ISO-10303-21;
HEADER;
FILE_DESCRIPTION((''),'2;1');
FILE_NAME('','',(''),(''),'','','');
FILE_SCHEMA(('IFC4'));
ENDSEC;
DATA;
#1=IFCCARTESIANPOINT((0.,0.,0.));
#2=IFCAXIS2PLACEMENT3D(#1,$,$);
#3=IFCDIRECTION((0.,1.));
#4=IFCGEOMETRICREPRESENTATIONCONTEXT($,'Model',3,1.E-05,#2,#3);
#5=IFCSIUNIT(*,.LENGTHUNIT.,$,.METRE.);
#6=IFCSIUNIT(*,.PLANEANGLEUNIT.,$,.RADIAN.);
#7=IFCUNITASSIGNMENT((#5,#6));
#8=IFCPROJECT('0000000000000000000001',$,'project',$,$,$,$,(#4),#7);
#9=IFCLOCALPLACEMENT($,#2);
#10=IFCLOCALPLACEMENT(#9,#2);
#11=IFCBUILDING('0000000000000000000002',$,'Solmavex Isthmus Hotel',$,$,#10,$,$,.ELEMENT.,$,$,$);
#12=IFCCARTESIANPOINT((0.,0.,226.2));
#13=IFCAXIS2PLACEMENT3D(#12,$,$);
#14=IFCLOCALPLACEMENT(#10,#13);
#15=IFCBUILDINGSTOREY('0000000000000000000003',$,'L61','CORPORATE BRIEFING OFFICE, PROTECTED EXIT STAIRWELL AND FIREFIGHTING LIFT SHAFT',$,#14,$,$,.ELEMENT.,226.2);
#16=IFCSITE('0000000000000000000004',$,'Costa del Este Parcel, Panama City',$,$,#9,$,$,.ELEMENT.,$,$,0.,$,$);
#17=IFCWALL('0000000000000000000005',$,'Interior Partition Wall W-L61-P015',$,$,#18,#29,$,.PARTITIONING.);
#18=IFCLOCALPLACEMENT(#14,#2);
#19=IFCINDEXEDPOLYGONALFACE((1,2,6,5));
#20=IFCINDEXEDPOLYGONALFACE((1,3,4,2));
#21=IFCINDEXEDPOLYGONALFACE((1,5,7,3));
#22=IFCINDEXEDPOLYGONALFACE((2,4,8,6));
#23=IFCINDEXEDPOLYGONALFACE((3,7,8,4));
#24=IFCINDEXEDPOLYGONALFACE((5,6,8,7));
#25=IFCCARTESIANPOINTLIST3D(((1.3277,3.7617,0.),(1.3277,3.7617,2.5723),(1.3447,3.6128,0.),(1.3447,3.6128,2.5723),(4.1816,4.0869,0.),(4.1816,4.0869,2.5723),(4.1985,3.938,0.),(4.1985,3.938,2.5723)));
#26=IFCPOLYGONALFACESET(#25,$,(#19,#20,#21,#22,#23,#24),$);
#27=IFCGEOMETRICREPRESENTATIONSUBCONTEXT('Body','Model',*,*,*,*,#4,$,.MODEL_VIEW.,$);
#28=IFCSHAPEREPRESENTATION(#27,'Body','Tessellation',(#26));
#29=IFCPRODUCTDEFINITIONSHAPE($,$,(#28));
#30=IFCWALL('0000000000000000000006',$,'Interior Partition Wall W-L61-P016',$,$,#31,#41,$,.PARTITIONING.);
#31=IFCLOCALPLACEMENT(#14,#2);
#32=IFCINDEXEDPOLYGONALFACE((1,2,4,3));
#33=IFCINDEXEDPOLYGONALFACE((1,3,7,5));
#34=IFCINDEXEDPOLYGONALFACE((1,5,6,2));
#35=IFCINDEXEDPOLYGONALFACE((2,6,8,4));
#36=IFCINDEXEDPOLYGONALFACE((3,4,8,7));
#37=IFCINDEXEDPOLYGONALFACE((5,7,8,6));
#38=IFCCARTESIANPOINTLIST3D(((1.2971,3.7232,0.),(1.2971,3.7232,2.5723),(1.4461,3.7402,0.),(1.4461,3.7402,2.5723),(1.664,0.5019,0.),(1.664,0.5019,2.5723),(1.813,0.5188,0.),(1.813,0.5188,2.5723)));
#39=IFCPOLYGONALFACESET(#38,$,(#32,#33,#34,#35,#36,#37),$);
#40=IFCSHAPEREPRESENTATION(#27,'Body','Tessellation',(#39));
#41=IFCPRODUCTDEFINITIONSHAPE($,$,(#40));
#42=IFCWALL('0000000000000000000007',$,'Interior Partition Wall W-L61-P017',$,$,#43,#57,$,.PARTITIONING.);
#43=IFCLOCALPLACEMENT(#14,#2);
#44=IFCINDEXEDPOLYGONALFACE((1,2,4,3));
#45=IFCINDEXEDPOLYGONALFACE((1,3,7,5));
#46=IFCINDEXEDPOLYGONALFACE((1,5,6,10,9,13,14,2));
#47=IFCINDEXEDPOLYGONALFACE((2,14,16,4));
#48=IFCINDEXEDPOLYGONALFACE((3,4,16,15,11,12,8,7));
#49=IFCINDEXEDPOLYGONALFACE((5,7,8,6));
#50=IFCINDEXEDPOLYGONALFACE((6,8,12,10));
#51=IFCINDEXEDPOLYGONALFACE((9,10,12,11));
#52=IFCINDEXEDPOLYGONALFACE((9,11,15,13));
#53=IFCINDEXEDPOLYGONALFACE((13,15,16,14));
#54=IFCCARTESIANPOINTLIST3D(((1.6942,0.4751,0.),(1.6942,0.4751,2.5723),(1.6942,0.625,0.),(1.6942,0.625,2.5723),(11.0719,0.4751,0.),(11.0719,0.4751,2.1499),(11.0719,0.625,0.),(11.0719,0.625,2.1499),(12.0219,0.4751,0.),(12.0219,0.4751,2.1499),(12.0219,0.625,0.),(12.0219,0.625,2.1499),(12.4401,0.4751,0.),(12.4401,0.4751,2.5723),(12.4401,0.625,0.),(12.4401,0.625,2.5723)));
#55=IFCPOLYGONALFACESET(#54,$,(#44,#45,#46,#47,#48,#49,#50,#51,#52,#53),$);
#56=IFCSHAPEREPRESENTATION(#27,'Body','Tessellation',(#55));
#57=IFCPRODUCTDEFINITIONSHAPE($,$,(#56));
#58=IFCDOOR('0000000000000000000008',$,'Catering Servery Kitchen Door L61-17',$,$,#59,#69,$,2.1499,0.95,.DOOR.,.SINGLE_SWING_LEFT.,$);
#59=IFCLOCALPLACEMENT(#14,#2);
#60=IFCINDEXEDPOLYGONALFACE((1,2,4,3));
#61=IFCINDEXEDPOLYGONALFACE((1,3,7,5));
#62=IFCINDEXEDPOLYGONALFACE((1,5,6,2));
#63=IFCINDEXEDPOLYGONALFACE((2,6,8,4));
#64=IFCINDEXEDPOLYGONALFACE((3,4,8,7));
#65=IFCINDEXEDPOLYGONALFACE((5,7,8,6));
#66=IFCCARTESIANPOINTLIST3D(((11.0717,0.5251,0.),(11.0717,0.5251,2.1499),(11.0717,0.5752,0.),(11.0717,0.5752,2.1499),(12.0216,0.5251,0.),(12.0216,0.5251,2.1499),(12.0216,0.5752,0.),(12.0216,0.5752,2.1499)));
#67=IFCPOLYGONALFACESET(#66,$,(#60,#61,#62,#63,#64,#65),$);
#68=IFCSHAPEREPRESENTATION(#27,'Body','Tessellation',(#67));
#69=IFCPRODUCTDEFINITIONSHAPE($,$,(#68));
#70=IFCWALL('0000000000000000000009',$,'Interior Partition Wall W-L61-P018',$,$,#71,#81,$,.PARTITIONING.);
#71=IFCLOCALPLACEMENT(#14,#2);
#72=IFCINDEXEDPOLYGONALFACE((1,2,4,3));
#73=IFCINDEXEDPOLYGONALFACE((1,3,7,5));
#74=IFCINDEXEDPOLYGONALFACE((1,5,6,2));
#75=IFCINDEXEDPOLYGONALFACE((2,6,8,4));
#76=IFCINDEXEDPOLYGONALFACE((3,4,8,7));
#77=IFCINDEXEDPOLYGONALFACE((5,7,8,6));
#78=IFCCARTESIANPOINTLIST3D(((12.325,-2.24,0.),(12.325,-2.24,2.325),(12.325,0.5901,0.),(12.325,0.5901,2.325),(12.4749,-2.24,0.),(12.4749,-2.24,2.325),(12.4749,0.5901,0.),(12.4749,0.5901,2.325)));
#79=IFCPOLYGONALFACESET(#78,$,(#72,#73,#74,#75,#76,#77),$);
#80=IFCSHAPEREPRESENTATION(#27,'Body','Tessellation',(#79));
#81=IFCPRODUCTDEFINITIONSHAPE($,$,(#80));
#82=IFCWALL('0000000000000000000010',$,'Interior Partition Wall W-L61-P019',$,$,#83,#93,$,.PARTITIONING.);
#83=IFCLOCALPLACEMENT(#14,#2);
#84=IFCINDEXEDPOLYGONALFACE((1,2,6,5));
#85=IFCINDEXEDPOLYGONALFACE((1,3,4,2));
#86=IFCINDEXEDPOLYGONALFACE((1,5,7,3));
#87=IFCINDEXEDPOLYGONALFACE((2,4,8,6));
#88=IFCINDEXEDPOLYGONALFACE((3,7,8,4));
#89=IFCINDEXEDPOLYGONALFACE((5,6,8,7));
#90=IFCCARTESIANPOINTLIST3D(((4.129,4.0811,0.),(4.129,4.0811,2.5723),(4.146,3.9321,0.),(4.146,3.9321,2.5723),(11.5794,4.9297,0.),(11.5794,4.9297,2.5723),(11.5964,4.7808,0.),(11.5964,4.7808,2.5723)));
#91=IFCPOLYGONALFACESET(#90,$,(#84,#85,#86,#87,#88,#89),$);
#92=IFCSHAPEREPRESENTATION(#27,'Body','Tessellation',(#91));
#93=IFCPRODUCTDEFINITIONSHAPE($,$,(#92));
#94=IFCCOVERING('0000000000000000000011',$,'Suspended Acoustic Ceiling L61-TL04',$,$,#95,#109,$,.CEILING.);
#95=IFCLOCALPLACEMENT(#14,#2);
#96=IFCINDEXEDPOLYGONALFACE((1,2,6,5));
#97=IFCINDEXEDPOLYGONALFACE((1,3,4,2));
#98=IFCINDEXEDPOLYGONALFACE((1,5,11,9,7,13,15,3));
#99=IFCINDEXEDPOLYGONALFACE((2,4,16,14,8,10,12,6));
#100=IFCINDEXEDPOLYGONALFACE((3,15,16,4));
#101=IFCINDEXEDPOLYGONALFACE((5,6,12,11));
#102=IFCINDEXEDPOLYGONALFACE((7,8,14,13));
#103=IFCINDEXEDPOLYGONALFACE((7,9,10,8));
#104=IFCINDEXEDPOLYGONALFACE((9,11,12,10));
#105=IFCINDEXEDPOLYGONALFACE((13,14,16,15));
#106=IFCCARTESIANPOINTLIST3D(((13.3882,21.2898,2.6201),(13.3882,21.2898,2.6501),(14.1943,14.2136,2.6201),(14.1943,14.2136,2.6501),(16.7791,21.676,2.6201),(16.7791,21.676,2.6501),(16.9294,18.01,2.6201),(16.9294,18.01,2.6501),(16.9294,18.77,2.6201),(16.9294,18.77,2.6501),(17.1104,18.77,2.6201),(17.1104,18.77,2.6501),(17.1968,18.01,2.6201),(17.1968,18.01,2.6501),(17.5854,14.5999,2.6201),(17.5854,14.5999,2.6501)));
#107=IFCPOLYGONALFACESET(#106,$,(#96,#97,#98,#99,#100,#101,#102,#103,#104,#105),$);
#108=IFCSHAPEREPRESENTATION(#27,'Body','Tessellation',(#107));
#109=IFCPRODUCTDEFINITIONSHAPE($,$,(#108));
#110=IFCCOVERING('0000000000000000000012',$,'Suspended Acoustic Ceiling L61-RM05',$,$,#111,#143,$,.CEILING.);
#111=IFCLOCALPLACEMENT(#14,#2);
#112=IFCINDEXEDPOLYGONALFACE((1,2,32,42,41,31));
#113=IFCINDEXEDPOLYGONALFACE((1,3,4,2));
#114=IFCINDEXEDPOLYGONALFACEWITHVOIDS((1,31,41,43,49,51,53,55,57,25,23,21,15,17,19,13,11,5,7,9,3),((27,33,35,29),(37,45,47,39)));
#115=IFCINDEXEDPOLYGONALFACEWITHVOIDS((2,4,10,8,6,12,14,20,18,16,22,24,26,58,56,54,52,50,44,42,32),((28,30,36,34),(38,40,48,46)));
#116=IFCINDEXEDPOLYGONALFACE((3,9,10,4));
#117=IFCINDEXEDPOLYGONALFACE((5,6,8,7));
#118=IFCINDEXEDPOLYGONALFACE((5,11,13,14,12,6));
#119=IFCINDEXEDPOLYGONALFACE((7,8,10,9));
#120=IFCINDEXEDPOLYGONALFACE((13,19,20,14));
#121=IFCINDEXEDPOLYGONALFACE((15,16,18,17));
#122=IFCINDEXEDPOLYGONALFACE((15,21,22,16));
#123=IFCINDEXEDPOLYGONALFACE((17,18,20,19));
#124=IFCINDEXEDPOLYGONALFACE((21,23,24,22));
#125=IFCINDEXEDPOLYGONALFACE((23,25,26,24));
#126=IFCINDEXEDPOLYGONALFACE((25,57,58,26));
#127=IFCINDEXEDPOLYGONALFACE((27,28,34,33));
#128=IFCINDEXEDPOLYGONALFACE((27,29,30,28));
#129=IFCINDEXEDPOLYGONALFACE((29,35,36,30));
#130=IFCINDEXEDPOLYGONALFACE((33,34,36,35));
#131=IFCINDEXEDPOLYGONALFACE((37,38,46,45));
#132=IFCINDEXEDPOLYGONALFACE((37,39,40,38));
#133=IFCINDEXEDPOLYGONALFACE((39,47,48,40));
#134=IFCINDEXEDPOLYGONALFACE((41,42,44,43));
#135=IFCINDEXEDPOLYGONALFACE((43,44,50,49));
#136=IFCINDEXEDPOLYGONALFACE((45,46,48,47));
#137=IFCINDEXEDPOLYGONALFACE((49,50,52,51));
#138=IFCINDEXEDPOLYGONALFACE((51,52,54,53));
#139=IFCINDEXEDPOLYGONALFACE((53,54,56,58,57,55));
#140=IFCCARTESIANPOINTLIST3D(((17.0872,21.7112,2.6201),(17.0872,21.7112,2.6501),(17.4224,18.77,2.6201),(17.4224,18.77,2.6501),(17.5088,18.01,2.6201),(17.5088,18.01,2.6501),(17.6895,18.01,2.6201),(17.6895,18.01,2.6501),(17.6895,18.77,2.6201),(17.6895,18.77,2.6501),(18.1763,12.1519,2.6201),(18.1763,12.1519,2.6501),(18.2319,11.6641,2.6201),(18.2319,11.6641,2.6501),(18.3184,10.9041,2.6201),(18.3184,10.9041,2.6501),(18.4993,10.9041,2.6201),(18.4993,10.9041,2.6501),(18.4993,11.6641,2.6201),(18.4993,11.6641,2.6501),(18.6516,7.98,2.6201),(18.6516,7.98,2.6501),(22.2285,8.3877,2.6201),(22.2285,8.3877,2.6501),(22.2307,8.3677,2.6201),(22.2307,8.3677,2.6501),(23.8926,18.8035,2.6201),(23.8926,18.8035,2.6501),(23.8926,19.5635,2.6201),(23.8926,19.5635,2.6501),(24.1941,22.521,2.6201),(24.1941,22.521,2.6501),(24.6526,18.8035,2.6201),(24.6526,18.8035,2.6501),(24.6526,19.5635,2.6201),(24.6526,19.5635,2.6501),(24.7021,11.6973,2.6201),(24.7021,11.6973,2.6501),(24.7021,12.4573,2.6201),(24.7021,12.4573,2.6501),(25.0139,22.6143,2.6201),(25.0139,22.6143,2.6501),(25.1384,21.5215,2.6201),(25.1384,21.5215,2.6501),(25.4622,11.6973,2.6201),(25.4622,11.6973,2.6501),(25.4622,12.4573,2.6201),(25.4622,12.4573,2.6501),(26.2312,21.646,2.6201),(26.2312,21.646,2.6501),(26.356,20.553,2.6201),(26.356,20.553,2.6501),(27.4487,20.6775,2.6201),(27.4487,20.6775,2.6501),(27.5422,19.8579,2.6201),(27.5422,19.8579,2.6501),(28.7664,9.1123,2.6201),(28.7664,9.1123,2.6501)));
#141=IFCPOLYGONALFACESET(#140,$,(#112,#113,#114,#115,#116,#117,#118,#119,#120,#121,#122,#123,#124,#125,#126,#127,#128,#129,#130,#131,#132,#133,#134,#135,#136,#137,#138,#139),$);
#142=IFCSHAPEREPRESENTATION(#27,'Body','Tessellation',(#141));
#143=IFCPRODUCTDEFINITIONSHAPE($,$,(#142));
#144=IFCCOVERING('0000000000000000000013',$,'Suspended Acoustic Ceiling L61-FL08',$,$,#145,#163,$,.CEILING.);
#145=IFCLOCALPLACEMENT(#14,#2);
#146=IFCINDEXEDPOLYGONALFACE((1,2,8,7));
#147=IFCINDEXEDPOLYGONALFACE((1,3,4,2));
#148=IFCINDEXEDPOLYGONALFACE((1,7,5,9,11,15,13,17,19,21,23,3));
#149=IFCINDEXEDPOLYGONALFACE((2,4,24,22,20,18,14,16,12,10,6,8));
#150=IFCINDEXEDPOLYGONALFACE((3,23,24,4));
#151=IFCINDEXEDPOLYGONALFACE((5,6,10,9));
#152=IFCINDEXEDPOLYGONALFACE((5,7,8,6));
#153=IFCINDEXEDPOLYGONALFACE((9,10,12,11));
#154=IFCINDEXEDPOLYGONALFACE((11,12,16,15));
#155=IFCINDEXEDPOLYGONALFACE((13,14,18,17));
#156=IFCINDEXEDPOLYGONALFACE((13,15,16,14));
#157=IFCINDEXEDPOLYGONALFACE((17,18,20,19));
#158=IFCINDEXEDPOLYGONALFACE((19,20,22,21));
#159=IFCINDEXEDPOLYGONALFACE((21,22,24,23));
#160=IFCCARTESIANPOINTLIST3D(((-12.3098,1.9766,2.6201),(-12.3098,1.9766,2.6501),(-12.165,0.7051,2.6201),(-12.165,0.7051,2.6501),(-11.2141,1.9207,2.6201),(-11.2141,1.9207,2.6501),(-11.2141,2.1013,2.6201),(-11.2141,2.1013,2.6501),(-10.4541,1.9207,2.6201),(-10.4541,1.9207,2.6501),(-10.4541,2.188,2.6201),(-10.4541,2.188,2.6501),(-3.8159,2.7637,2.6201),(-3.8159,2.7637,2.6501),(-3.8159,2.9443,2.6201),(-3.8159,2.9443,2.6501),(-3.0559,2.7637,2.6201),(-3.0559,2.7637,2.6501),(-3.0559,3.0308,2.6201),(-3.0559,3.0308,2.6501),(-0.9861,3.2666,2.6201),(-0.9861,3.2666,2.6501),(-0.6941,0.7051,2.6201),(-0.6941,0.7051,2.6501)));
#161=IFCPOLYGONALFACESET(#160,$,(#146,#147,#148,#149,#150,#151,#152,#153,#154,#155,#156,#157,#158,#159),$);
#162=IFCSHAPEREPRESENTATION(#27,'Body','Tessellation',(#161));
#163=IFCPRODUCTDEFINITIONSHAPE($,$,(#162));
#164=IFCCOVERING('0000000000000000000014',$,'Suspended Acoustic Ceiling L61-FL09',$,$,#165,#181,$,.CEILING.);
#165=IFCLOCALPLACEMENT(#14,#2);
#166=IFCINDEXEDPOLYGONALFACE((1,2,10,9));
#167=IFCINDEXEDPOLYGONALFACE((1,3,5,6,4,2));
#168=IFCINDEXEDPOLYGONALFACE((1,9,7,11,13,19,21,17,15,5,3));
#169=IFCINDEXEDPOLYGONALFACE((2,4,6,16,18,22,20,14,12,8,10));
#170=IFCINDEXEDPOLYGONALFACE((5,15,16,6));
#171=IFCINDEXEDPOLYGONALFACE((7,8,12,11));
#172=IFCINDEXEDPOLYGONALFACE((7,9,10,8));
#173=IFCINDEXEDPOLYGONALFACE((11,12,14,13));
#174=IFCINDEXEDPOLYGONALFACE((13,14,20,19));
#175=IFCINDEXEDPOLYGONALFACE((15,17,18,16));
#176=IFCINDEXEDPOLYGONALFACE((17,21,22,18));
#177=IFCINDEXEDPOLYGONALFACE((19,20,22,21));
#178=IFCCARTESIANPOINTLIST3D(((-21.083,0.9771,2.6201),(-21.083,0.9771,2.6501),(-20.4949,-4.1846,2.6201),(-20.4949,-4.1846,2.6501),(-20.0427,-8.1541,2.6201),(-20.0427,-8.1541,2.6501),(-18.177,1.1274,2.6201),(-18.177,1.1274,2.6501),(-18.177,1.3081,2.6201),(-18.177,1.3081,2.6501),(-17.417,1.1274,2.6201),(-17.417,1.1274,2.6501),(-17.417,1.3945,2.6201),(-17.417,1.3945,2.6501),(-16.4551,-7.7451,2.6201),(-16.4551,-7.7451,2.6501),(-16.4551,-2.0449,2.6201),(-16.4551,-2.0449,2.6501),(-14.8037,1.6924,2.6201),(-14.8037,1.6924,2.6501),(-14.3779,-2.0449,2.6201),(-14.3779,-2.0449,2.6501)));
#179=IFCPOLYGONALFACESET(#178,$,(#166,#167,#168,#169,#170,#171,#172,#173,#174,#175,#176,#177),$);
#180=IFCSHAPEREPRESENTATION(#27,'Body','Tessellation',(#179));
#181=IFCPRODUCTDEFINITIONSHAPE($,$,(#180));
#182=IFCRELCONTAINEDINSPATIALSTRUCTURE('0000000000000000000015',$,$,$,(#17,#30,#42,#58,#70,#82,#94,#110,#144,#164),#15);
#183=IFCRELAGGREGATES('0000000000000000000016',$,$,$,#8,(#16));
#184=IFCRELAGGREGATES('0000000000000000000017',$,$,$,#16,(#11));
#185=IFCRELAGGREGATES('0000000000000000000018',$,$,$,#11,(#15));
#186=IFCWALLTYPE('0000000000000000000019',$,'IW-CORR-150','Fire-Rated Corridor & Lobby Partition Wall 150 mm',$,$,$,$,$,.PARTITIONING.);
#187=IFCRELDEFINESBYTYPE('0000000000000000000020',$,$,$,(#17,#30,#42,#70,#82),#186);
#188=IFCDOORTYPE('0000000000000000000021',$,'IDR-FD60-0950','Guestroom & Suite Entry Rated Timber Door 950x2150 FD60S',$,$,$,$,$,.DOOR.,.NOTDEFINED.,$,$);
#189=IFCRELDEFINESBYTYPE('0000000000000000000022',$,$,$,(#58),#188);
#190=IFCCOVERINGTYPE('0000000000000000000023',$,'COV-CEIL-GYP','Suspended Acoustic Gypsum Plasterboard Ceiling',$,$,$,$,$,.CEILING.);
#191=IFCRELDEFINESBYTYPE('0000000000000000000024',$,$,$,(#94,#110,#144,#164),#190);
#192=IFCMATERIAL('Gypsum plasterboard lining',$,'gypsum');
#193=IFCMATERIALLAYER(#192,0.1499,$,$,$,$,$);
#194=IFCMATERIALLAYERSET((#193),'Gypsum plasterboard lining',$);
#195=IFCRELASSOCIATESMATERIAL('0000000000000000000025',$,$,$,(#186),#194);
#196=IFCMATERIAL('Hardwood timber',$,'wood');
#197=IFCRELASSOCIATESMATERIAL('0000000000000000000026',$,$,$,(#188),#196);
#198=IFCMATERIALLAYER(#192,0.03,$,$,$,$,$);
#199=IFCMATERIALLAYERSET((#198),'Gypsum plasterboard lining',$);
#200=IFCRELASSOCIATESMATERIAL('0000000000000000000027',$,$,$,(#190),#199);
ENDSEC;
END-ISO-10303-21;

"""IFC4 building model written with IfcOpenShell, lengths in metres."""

from ifc_helpers import new_model, si_unit, direction, frame, frame_2d, origin, place, context, subcontext, project, spatial, polyline, rectangle, outline, extrude, material, layer, layer_set, type_object, element, fill, save


model = new_model("IFC4")

# Units and contexts
model_context = context("Model", 3, precision=1e-05, world=origin(), true_north=direction((0.0, 1.0)))
body_context = subcontext(model_context, "Body", "Model", "MODEL_VIEW")
ifc_project = project(units=[si_unit("LENGTHUNIT", "METRE"), si_unit("PLANEANGLEUNIT", "RADIAN")], contexts=[model_context])

# Site, building, storey
site_placement = place(None, origin())
site = spatial("IfcSite", under=ifc_project, at=site_placement, Name="Costa del Este Parcel, Panama City", CompositionType="ELEMENT", RefElevation=0.0)
building_placement = place(site_placement, origin())
building = spatial("IfcBuilding", under=site, at=building_placement, Name="Solmavex Isthmus Hotel", CompositionType="ELEMENT")
storey_placement = place(building_placement, frame((0.0, 0.0, 226.2)))
storey = spatial("IfcBuildingStorey", under=building, at=storey_placement, Name="L61", Description="CORPORATE BRIEFING OFFICE, PROTECTED EXIT STAIRWELL AND FIREFIGHTING LIFT SHAFT", CompositionType="ELEMENT", Elevation=226.2)

# Walls
ifc_material_1 = material(Name="Gypsum plasterboard lining", Category="gypsum")
ifc_layer_1 = layer(ifc_material_1, 0.1499)
ifc_layer_set_1 = layer_set([ifc_layer_1], Name="Gypsum plasterboard lining")
wall_type = type_object("IfcWallType", Name="IW-CORR-150", Description="Fire-Rated Corridor & Lobby Partition Wall 150 mm", PredefinedType="PARTITIONING", material=ifc_layer_set_1)
wall_1_placement = place(storey_placement, frame((4.1899, 4.0125, 0.0), z_axis=(0.0, 0.0, 1.0), x_axis=(-0.99357, -0.113221, 0.0)))
element("IfcWall", 1, at=wall_1_placement, inside=storey, type_object=wall_type, Name="Interior Partition Wall W-L61-P015", PredefinedType="PARTITIONING", context=body_context, shape_type="SweptSolid", body=[
    extrude(rectangle(XDim=2.8723, YDim=0.1499, at=frame_2d((1.436, 0.0))), origin(), (0.0, 0.0, 1.0), 2.5723),
])
wall_2_placement = place(storey_placement, frame((1.3716, 3.7317, 0.0), z_axis=(0.0, 0.0, 1.0), x_axis=(0.113175, -0.993575, 0.0)))
element("IfcWall", 2, at=wall_2_placement, inside=storey, type_object=wall_type, Name="Interior Partition Wall W-L61-P016", PredefinedType="PARTITIONING", context=body_context, shape_type="SweptSolid", body=[
    extrude(rectangle(XDim=3.2422, YDim=0.1499, at=frame_2d((1.6211, 0.0))), origin(), (0.0, 0.0, 1.0), 2.5723),
])

# Wall, opening, door
wall_3_placement = place(storey_placement, frame((1.6941, 0.55, 0.0), z_axis=(0.0, 0.0, 1.0), x_axis=(1.0, 0.0, 0.0)))
wall_3 = element("IfcWall", 3, at=wall_3_placement, inside=storey, type_object=wall_type, Name="Interior Partition Wall W-L61-P017", PredefinedType="PARTITIONING", context=body_context, shape_type="SweptSolid", body=[
    extrude(rectangle(XDim=10.7458, YDim=0.1499, at=frame_2d((5.373, 0.0))), origin(), (0.0, 0.0, 1.0), 2.5723),
])
opening_placement = place(wall_3_placement, frame((9.3777, 0.0, 0.0)))
opening = element("IfcOpeningElement", 4, at=opening_placement, cuts=wall_3, PredefinedType="OPENING", context=body_context, shape_type="SweptSolid", body=[
    extrude(rectangle(XDim=0.95, YDim=2.1499, at=frame_2d((0.4751, 1.075))), frame((0.0, 0.085, 0.0), z_axis=(0.0, -1.0, 0.0), x_axis=(1.0, 0.0, 0.0)), (0.0, 0.0, 1.0), 0.1699),
])
ifc_material_2 = material(Name="Hardwood timber", Category="wood")
door_type = type_object("IfcDoorType", Name="IDR-FD60-0950", Description="Guestroom & Suite Entry Rated Timber Door 950x2150 FD60S", OperationType="NOTDEFINED", PredefinedType="DOOR", material=ifc_material_2)
door_placement = place(opening_placement, frame((0.95, 0.0, 0.0), z_axis=(0.0, 0.0, 1.0), x_axis=(-1.0, 0.0, 0.0)))
door = element("IfcDoor", 5, at=door_placement, inside=storey, type_object=door_type, Name="Catering Servery Kitchen Door L61-17", OperationType="SINGLE_SWING_LEFT", OverallHeight=2.1499, OverallWidth=0.95, PredefinedType="DOOR", context=body_context, shape_type="SweptSolid", body=[
    extrude(rectangle(XDim=0.95, YDim=2.1499, at=frame_2d((0.4751, 1.075))), frame((0.0, 0.0249, 0.0), z_axis=(0.0, -1.0, 0.0), x_axis=(1.0, 0.0, 0.0)), (0.0, 0.0, 1.0), 0.05),
])
fill(opening, door)

# Walls
wall_4_placement = place(storey_placement, frame((12.3999, 0.5901, 0.0), z_axis=(0.0, 0.0, 1.0), x_axis=(0.0, -1.0, 0.0)))
element("IfcWall", 6, at=wall_4_placement, inside=storey, type_object=wall_type, Name="Interior Partition Wall W-L61-P018", PredefinedType="PARTITIONING", context=body_context, shape_type="SweptSolid", body=[
    extrude(rectangle(XDim=2.8301, YDim=0.1499, at=frame_2d((1.415, 0.0))), origin(), (0.0, 0.0, 1.0), 2.325),
])
wall_5_placement = place(storey_placement, frame((11.5879, 4.8552, 0.0), z_axis=(0.0, 0.0, 1.0), x_axis=(-0.993575, -0.113172, 0.0)))
element("IfcWall", 7, at=wall_5_placement, inside=storey, type_object=wall_type, Name="Interior Partition Wall W-L61-P019", PredefinedType="PARTITIONING", context=body_context, shape_type="SweptSolid", body=[
    extrude(rectangle(XDim=7.4985, YDim=0.1499, at=frame_2d((3.7493, 0.0))), origin(), (0.0, 0.0, 1.0), 2.5723),
])

# Coverings
ifc_layer_2 = layer(ifc_material_1, 0.03)
ifc_layer_set_2 = layer_set([ifc_layer_2], Name="Gypsum plasterboard lining")
covering_type_1 = type_object("IfcCoveringType", Name="COV-CEIL-GYP", Description="Suspended Acoustic Gypsum Plasterboard Ceiling", PredefinedType="CEILING", material=ifc_layer_set_2)
covering_1_placement = place(storey_placement, frame((0.0, 0.0, 2.6201)))
element("IfcCovering", 8, at=covering_1_placement, inside=storey, type_object=covering_type_1, Name="Suspended Acoustic Ceiling L61-TL04", PredefinedType="CEILING", context=body_context, shape_type="SweptSolid", body=[
    extrude(outline(polyline([(17.1968, 18.01), (16.9294, 18.01), (16.9294, 18.77), (17.1104, 18.77), (16.7791, 21.676), (13.3882, 21.2898), (14.1943, 14.2136), (17.5854, 14.5999), (17.1968, 18.01)])), origin(), (0.0, 0.0, 1.0), 0.03),
])
covering_2_placement = place(storey_placement, frame((0.0, 0.0, 2.6201)))
element("IfcCovering", 9, at=covering_2_placement, inside=storey, type_object=covering_type_1, Name="Suspended Acoustic Ceiling L61-RM05", PredefinedType="CEILING", context=body_context, shape_type="SweptSolid", body=[
    extrude(outline(polyline([(18.2319, 11.6641), (18.4993, 11.6641), (18.4993, 10.9041), (18.3184, 10.9041), (18.6516, 7.98), (22.2285, 8.3877), (22.2307, 8.3677), (28.7664, 9.1123), (27.5422, 19.8579), (27.4487, 20.6775), (26.356, 20.553), (26.2312, 21.646), (25.1384, 21.5215), (25.0139, 22.6143), (24.1941, 22.521), (17.0872, 21.7112), (17.4224, 18.77), (17.6895, 18.77), (17.6895, 18.01), (17.5088, 18.01), (18.1763, 12.1519), (18.2319, 11.6641)]), holes=[polyline([(24.7021, 11.6973), (24.7021, 12.4573), (25.4622, 12.4573), (25.4622, 11.6973), (24.7021, 11.6973)]), polyline([(23.8926, 19.5635), (24.6526, 19.5635), (24.6526, 18.8035), (23.8926, 18.8035), (23.8926, 19.5635)])]), origin(), (0.0, 0.0, 1.0), 0.03),
])
covering_3_placement = place(storey_placement, frame((0.0, 0.0, 2.6201)))
element("IfcCovering", 10, at=covering_3_placement, inside=storey, type_object=covering_type_1, Name="Suspended Acoustic Ceiling L61-FL08", PredefinedType="CEILING", context=body_context, shape_type="SweptSolid", body=[
    extrude(outline(polyline([(-10.4541, 2.188), (-10.4541, 1.9207), (-11.2141, 1.9207), (-11.2141, 2.1013), (-12.3098, 1.9766), (-12.165, 0.7051), (-0.6941, 0.7051), (-0.9861, 3.2666), (-3.0559, 3.0308), (-3.0559, 2.7637), (-3.8159, 2.7637), (-3.8159, 2.9443), (-10.4541, 2.188)])), origin(), (0.0, 0.0, 1.0), 0.03),
])
covering_4_placement = place(storey_placement, frame((0.0, 0.0, 2.6201)))
element("IfcCovering", 11, at=covering_4_placement, inside=storey, type_object=covering_type_1, Name="Suspended Acoustic Ceiling L61-FL09", PredefinedType="CEILING", context=body_context, shape_type="SweptSolid", body=[
    extrude(outline(polyline([(-17.417, 1.3945), (-17.417, 1.1274), (-18.177, 1.1274), (-18.177, 1.3081), (-21.083, 0.9771), (-20.4949, -4.1846), (-20.0427, -8.1541), (-16.4551, -7.7451), (-16.4551, -2.0449), (-14.3779, -2.0449), (-14.8037, 1.6924), (-17.417, 1.3945)])), origin(), (0.0, 0.0, 1.0), 0.03),
])

save(model, "model.ifc")
